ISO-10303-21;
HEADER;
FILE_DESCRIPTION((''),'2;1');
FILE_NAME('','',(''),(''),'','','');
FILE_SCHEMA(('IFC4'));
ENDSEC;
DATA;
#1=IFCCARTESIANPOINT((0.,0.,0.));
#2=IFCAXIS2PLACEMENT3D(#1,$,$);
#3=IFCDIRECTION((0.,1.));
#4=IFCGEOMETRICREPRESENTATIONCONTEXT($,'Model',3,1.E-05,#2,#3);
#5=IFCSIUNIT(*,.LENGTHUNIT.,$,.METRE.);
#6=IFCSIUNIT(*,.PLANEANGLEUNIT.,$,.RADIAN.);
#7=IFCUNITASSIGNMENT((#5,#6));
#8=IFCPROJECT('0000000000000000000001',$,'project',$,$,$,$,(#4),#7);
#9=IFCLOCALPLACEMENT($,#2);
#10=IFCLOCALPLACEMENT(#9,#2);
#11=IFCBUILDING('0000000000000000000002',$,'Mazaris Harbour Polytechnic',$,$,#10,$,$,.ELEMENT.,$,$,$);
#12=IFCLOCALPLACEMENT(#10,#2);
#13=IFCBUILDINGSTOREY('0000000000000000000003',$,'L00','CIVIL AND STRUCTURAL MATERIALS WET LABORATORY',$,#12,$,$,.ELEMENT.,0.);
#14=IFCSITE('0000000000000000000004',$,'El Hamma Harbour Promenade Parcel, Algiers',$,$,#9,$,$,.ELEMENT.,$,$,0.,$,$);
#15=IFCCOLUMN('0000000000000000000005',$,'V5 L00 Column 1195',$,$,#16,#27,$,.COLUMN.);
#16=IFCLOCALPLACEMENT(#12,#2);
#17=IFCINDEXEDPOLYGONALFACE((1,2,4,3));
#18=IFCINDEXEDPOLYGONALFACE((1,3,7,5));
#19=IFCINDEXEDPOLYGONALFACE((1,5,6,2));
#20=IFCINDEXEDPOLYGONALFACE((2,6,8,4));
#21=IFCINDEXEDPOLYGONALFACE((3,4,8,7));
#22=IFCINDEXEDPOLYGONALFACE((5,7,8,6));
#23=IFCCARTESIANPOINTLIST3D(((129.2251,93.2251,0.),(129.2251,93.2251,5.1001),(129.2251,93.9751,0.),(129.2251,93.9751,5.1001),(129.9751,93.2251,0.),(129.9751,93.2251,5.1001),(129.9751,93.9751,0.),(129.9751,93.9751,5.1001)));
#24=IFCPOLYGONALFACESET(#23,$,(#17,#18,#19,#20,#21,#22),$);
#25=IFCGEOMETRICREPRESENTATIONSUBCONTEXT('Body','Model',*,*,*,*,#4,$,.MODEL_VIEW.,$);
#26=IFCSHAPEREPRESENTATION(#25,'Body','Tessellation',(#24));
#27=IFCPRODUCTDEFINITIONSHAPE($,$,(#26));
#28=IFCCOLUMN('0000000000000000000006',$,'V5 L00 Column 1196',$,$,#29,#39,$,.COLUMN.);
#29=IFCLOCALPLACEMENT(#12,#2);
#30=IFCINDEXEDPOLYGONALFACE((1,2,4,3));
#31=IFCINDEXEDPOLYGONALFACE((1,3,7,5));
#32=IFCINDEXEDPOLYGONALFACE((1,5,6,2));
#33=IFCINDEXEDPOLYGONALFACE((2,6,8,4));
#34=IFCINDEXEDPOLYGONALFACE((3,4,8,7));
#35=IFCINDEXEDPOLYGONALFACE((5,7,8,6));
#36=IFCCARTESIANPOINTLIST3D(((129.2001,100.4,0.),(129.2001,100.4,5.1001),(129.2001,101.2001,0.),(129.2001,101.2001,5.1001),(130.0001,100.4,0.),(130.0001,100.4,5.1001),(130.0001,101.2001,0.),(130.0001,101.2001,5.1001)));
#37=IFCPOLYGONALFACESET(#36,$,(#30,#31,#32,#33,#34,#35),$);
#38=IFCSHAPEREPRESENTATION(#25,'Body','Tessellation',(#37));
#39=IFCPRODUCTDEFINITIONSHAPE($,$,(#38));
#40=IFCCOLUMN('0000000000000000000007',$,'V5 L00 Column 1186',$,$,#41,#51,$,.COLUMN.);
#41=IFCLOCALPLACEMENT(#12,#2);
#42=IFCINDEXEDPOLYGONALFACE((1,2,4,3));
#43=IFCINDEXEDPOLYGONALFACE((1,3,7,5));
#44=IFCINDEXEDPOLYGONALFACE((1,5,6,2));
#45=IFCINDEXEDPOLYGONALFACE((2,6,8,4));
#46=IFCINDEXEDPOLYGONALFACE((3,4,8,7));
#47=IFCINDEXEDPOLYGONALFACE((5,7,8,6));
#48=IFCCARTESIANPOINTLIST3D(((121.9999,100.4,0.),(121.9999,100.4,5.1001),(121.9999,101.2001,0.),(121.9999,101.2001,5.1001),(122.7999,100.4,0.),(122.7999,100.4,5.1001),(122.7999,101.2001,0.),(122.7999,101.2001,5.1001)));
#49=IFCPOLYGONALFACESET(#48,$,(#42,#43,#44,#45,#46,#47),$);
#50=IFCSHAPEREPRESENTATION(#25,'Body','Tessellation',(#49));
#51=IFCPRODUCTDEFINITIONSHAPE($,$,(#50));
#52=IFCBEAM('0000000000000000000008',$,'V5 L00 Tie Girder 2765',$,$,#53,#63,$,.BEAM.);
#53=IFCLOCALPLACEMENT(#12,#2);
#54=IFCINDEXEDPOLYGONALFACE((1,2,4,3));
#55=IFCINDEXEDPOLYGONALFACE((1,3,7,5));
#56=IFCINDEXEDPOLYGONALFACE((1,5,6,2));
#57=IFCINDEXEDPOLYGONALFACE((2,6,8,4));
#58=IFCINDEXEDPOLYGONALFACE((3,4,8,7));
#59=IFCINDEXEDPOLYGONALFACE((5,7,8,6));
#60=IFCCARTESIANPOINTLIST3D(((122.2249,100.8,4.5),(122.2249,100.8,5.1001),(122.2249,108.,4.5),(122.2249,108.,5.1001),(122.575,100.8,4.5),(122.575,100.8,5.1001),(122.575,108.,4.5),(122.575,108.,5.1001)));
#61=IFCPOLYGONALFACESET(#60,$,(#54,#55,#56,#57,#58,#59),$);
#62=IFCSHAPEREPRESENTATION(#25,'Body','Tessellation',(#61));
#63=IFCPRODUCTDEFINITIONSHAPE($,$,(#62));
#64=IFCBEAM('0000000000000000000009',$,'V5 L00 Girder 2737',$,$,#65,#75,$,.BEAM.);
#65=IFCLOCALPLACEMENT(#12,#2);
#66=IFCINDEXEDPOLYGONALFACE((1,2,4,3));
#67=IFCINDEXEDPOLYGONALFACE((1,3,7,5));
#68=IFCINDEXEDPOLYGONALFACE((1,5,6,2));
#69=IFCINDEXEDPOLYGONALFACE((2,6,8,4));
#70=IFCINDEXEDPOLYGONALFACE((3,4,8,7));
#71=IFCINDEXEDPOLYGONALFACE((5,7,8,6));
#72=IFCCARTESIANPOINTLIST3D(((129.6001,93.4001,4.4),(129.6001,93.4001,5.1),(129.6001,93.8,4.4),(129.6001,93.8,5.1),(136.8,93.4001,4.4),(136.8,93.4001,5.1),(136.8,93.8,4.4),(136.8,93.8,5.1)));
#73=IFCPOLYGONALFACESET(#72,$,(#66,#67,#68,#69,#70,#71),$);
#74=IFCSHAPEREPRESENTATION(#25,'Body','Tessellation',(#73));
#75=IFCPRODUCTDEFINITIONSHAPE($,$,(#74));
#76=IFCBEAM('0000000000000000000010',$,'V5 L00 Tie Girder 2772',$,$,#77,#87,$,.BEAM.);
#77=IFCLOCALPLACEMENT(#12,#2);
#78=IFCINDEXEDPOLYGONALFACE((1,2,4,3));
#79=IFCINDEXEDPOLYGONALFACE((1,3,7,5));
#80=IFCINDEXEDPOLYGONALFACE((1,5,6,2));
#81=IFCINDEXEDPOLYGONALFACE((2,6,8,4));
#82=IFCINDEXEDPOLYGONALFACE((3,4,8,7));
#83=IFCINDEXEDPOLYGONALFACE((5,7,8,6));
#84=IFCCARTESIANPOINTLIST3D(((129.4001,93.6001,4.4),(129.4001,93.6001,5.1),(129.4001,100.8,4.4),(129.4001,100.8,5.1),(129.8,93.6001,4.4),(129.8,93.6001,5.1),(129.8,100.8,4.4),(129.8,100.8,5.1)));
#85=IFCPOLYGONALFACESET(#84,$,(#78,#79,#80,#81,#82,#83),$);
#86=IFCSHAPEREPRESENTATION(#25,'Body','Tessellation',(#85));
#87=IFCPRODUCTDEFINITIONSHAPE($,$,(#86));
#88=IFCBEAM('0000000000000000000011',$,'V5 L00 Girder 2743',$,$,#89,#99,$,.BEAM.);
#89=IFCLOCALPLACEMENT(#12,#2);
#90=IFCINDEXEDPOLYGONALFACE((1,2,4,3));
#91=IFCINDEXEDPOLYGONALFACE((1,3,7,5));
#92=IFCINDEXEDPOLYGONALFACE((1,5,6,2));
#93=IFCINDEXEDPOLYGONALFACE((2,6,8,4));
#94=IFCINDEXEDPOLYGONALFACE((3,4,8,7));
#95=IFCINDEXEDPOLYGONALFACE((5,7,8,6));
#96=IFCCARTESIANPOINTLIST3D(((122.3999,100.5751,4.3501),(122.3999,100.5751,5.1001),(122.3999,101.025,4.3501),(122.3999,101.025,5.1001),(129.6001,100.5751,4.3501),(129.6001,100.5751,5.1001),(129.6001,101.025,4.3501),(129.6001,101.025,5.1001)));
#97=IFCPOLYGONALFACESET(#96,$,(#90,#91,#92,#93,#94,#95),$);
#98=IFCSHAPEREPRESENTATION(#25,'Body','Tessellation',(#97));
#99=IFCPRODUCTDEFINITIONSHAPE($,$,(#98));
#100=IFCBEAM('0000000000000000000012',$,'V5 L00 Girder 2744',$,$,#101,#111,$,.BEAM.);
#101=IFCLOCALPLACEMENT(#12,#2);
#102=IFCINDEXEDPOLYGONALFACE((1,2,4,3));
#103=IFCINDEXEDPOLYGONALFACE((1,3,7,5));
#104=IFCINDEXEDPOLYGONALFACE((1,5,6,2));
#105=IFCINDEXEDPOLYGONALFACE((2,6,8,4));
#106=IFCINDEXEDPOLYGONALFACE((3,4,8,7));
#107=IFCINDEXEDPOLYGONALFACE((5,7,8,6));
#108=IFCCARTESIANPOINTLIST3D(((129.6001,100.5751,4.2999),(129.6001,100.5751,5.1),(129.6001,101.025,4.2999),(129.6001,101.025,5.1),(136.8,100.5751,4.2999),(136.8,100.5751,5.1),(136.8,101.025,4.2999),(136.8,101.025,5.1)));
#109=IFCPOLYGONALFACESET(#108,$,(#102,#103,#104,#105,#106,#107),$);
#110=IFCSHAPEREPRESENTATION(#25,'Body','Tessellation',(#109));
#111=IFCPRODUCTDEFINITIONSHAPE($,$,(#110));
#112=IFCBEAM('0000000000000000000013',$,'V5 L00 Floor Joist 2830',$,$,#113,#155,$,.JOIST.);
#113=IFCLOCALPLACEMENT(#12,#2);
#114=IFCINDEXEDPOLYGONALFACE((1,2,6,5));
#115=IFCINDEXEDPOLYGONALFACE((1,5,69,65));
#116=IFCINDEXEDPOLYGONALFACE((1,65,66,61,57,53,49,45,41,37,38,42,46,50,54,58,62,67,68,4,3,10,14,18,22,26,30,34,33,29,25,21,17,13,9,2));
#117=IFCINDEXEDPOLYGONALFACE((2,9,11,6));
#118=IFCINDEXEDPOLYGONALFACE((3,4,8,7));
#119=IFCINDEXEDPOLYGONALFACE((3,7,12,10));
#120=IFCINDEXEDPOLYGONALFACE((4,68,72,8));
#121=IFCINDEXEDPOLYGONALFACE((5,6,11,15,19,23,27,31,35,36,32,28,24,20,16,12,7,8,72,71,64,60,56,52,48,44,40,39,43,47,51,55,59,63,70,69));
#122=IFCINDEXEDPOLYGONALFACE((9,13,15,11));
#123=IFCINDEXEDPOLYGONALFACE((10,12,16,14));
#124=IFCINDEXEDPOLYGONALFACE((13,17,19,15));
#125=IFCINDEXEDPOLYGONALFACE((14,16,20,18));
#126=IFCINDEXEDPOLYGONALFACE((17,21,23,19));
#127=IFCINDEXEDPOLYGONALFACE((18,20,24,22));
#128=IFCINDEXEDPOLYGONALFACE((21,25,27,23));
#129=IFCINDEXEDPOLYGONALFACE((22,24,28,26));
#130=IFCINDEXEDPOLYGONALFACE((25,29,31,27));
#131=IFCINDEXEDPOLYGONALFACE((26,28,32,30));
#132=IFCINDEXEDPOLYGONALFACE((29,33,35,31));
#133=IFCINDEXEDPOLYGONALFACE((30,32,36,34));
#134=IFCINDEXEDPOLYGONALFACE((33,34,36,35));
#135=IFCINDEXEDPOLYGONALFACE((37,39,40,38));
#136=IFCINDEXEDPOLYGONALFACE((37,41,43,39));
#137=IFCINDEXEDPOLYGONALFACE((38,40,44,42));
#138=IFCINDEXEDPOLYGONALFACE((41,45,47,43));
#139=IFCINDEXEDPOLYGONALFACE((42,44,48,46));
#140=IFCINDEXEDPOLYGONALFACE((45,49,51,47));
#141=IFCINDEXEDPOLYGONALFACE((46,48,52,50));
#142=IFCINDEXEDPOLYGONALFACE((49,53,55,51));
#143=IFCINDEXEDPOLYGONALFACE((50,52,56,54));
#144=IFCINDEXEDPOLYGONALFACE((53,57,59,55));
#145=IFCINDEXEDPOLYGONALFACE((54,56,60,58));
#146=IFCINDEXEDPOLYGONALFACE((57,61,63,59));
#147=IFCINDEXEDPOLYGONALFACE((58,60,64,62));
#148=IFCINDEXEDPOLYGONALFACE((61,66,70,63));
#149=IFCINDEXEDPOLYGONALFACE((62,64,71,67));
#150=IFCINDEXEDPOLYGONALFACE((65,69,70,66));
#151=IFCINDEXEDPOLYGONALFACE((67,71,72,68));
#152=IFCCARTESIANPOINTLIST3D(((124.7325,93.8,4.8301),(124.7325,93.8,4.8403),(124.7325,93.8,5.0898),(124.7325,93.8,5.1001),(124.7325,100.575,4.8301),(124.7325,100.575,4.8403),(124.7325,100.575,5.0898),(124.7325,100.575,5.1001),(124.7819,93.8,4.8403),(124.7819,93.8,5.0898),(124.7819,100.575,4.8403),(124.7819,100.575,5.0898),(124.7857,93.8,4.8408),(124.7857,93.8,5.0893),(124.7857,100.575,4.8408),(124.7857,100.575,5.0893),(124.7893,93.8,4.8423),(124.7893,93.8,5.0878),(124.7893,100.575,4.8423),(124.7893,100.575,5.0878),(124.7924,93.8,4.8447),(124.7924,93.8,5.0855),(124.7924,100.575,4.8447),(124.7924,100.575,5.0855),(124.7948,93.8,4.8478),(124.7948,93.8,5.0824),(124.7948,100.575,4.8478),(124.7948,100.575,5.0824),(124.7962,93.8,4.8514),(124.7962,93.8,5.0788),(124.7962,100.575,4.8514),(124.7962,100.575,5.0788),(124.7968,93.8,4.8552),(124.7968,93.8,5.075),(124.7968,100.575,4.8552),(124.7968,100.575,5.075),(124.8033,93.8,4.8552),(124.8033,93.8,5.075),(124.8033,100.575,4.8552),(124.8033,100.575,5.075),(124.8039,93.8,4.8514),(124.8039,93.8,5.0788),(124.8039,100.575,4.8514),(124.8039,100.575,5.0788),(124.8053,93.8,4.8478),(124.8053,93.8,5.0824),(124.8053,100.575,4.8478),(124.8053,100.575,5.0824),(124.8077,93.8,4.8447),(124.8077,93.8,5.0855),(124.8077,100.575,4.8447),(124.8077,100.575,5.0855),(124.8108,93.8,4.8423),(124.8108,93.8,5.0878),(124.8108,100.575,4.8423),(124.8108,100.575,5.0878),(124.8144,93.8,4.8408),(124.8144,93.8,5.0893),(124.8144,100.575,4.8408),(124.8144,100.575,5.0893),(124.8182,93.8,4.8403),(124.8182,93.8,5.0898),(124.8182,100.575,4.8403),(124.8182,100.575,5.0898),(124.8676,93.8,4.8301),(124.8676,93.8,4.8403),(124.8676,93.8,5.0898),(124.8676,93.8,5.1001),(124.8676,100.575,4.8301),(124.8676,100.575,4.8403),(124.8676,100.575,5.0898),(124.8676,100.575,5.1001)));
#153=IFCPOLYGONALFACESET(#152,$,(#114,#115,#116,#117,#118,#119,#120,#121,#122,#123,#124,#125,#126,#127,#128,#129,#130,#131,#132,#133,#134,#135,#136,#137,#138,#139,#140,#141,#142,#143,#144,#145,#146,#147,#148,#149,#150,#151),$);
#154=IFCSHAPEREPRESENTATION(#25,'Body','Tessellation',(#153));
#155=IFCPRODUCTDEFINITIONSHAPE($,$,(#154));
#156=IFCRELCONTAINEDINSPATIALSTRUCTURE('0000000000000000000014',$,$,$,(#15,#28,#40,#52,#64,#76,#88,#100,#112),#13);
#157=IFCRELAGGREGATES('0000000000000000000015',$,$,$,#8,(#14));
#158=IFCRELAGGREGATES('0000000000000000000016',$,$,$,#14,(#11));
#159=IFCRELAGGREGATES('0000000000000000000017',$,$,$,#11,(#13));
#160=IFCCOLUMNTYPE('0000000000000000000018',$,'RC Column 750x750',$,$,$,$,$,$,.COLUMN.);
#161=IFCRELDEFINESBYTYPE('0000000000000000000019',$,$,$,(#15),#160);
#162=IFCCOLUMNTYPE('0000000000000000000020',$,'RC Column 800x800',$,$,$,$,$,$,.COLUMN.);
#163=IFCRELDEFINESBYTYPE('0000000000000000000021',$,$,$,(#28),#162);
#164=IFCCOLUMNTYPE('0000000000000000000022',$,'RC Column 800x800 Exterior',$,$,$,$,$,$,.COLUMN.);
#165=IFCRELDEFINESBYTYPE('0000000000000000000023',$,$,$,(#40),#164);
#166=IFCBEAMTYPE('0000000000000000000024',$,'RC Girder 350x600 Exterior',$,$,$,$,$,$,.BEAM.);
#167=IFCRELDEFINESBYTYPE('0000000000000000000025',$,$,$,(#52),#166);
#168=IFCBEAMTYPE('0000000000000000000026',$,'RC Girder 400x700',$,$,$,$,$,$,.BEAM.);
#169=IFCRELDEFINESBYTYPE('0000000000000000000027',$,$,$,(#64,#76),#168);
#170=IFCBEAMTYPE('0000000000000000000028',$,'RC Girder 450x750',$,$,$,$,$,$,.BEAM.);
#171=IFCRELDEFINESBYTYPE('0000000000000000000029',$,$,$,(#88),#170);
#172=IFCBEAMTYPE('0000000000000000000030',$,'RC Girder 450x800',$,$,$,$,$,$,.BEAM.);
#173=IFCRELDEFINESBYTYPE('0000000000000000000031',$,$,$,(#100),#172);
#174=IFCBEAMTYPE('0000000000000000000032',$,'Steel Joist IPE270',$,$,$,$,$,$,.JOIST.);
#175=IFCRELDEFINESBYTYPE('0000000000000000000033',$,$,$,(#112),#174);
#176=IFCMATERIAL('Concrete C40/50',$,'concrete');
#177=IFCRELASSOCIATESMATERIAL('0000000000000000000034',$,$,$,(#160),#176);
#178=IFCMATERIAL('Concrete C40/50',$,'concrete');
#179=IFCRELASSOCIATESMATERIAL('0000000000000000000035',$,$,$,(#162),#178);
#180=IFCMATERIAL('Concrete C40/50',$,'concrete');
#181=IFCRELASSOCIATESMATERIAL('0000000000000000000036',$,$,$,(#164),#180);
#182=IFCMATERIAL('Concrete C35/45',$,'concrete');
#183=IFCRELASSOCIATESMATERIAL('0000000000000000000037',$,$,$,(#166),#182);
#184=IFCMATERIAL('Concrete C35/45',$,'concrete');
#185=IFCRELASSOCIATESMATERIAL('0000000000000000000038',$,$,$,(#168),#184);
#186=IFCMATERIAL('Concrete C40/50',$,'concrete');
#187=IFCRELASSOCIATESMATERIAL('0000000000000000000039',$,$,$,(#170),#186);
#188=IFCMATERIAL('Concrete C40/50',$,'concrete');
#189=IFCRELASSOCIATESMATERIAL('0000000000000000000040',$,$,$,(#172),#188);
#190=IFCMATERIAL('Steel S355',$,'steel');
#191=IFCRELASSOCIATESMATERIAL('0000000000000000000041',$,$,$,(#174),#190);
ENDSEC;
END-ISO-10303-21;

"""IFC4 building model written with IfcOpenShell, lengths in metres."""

from ifc_helpers import new_model, si_unit, direction, frame, origin, origin_2d, place, context, subcontext, project, spatial, rectangle, i_section, extrude, material, material_profile, profile_set, type_object, element, save


model = new_model("IFC4")

# Units and contexts
model_context = context("Model", 3, precision=1e-05, world=origin(), true_north=direction((0.0, 1.0)))
body_context = subcontext(model_context, "Body", "Model", "MODEL_VIEW")
ifc_project = project(units=[si_unit("LENGTHUNIT", "METRE"), si_unit("PLANEANGLEUNIT", "RADIAN")], contexts=[model_context])

# Site, building, storey
site_placement = place(None, origin())
site = spatial("IfcSite", under=ifc_project, at=site_placement, Name="El Hamma Harbour Promenade Parcel, Algiers", CompositionType="ELEMENT", RefElevation=0.0)
building_placement = place(site_placement, origin())
building = spatial("IfcBuilding", under=site, at=building_placement, Name="Mazaris Harbour Polytechnic", CompositionType="ELEMENT")
storey_placement = place(building_placement, origin())
storey = spatial("IfcBuildingStorey", under=building, at=storey_placement, Name="L00", Description="CIVIL AND STRUCTURAL MATERIALS WET LABORATORY", CompositionType="ELEMENT", Elevation=0.0)

# Columns
ifc_material_1 = material(Name="Concrete C40/50", Category="concrete")
ifc_material_profile_1 = material_profile(ifc_material_1, rectangle(XDim=0.75, YDim=0.75, at=origin_2d()), Name="RECT750x750")
ifc_profile_set_1 = profile_set([ifc_material_profile_1], Name="Concrete C40/50")
column_type_1 = type_object("IfcColumnType", Name="RC Column 750x750", PredefinedType="COLUMN", material=ifc_profile_set_1)
column_1_placement = place(storey_placement, frame((129.6001, 93.6001, 0.0), z_axis=(0.0, 0.0, 1.0), x_axis=(1.0, 0.0, 0.0)))
element("IfcColumn", 1, at=column_1_placement, inside=storey, type_object=column_type_1, Name="V5 L00 Column 1195", PredefinedType="COLUMN", context=body_context, shape_type="SweptSolid", body=[
    extrude(rectangle(XDim=0.75, YDim=0.75, at=origin_2d()), origin(), (0.0, 0.0, 1.0), 5.1001),
])
ifc_material_2 = material(Name="Concrete C40/50", Category="concrete")
ifc_material_profile_2 = material_profile(ifc_material_2, rectangle(XDim=0.8, YDim=0.8, at=origin_2d()), Name="RECT800x800")
ifc_profile_set_2 = profile_set([ifc_material_profile_2], Name="Concrete C40/50")
column_type_2 = type_object("IfcColumnType", Name="RC Column 800x800", PredefinedType="COLUMN", material=ifc_profile_set_2)
column_2_placement = place(storey_placement, frame((129.6001, 100.8, 0.0), z_axis=(0.0, 0.0, 1.0), x_axis=(1.0, 0.0, 0.0)))
element("IfcColumn", 2, at=column_2_placement, inside=storey, type_object=column_type_2, Name="V5 L00 Column 1196", PredefinedType="COLUMN", context=body_context, shape_type="SweptSolid", body=[
    extrude(rectangle(XDim=0.8, YDim=0.8, at=origin_2d()), origin(), (0.0, 0.0, 1.0), 5.1001),
])
ifc_material_3 = material(Name="Concrete C40/50", Category="concrete")
ifc_material_profile_3 = material_profile(ifc_material_3, rectangle(XDim=0.8, YDim=0.8, at=origin_2d()), Name="RECT800x800")
ifc_profile_set_3 = profile_set([ifc_material_profile_3], Name="Concrete C40/50")
column_type_3 = type_object("IfcColumnType", Name="RC Column 800x800 Exterior", PredefinedType="COLUMN", material=ifc_profile_set_3)
column_3_placement = place(storey_placement, frame((122.3999, 100.8, 0.0), z_axis=(0.0, 0.0, 1.0), x_axis=(1.0, 0.0, 0.0)))
element("IfcColumn", 3, at=column_3_placement, inside=storey, type_object=column_type_3, Name="V5 L00 Column 1186", PredefinedType="COLUMN", context=body_context, shape_type="SweptSolid", body=[
    extrude(rectangle(XDim=0.8, YDim=0.8, at=origin_2d()), origin(), (0.0, 0.0, 1.0), 5.1001),
])

# Beams
ifc_material_4 = material(Name="Concrete C35/45", Category="concrete")
ifc_material_profile_4 = material_profile(ifc_material_4, rectangle(XDim=0.3501, YDim=0.6001, at=origin_2d()), Name="RECT350x600")
ifc_profile_set_4 = profile_set([ifc_material_profile_4], Name="Concrete C35/45")
beam_type_1 = type_object("IfcBeamType", Name="RC Girder 350x600 Exterior", PredefinedType="BEAM", material=ifc_profile_set_4)
beam_1_placement = place(storey_placement, frame((122.3999, 100.8, 4.8), z_axis=(0.0, 1.0, 0.0), x_axis=(-1.0, 0.0, 0.0)))
element("IfcBeam", 4, at=beam_1_placement, inside=storey, type_object=beam_type_1, Name="V5 L00 Tie Girder 2765", PredefinedType="BEAM", context=body_context, shape_type="SweptSolid", body=[
    extrude(rectangle(XDim=0.3501, YDim=0.6001, at=origin_2d()), origin(), (0.0, 0.0, 1.0), 7.2),
])
ifc_material_5 = material(Name="Concrete C35/45", Category="concrete")
ifc_material_profile_5 = material_profile(ifc_material_5, rectangle(XDim=0.3999, YDim=0.7, at=origin_2d()), Name="RECT400x700")
ifc_profile_set_5 = profile_set([ifc_material_profile_5], Name="Concrete C35/45")
beam_type_2 = type_object("IfcBeamType", Name="RC Girder 400x700", PredefinedType="BEAM", material=ifc_profile_set_5)
for number, where, z_axis, x_axis, name in (
    (5, (129.6001, 93.6001, 4.75), (1.0, 0.0, 0.0), (0.0, 1.0, 0.0), "V5 L00 Girder 2737"),
    (6, (129.6001, 93.6001, 4.75), (0.0, 1.0, 0.0), (-1.0, 0.0, 0.0), "V5 L00 Tie Girder 2772"),
):
    element("IfcBeam", number, at=place(storey_placement, frame(where, z_axis=z_axis, x_axis=x_axis)), inside=storey, type_object=beam_type_2, Name=name, PredefinedType="BEAM", context=body_context, shape_type="SweptSolid", body=[
        extrude(rectangle(XDim=0.3999, YDim=0.7, at=origin_2d()), origin(), (0.0, 0.0, 1.0), 7.2),
    ])
ifc_material_6 = material(Name="Concrete C40/50", Category="concrete")
ifc_material_profile_6 = material_profile(ifc_material_6, rectangle(XDim=0.45, YDim=0.75, at=origin_2d()), Name="RECT450x750")
ifc_profile_set_6 = profile_set([ifc_material_profile_6], Name="Concrete C40/50")
beam_type_3 = type_object("IfcBeamType", Name="RC Girder 450x750", PredefinedType="BEAM", material=ifc_profile_set_6)
beam_2_placement = place(storey_placement, frame((122.3999, 100.8, 4.7251), z_axis=(1.0, 0.0, 0.0), x_axis=(0.0, 1.0, 0.0)))
element("IfcBeam", 7, at=beam_2_placement, inside=storey, type_object=beam_type_3, Name="V5 L00 Girder 2743", PredefinedType="BEAM", context=body_context, shape_type="SweptSolid", body=[
    extrude(rectangle(XDim=0.45, YDim=0.75, at=origin_2d()), origin(), (0.0, 0.0, 1.0), 7.2002),
])
ifc_material_7 = material(Name="Concrete C40/50", Category="concrete")
ifc_material_profile_7 = material_profile(ifc_material_7, rectangle(XDim=0.45, YDim=0.8, at=origin_2d()), Name="RECT450x800")
ifc_profile_set_7 = profile_set([ifc_material_profile_7], Name="Concrete C40/50")
beam_type_4 = type_object("IfcBeamType", Name="RC Girder 450x800", PredefinedType="BEAM", material=ifc_profile_set_7)
beam_3_placement = place(storey_placement, frame((129.6001, 100.8, 4.7), z_axis=(1.0, 0.0, 0.0), x_axis=(0.0, 1.0, 0.0)))
element("IfcBeam", 8, at=beam_3_placement, inside=storey, type_object=beam_type_4, Name="V5 L00 Girder 2744", PredefinedType="BEAM", context=body_context, shape_type="SweptSolid", body=[
    extrude(rectangle(XDim=0.45, YDim=0.8, at=origin_2d()), origin(), (0.0, 0.0, 1.0), 7.2),
])
ifc_material_8 = material(Name="Steel S355", Category="steel")
ifc_material_profile_8 = material_profile(ifc_material_8, i_section(OverallWidth=0.135, OverallDepth=0.27, WebThickness=0.0066, FlangeThickness=0.0103, FilletRadius=0.0149, at=origin_2d()), Name="IPE 270")
ifc_profile_set_8 = profile_set([ifc_material_profile_8], Name="Steel S355")
beam_type_5 = type_object("IfcBeamType", Name="Steel Joist IPE270", PredefinedType="JOIST", material=ifc_profile_set_8)
beam_4_placement = place(storey_placement, frame((124.8, 93.8, 4.9651), z_axis=(0.0, 1.0, 0.0), x_axis=(-1.0, 0.0, 0.0)))
element("IfcBeam", 9, at=beam_4_placement, inside=storey, type_object=beam_type_5, Name="V5 L00 Floor Joist 2830", PredefinedType="JOIST", context=body_context, shape_type="SweptSolid", body=[
    extrude(i_section(OverallWidth=0.135, OverallDepth=0.27, WebThickness=0.0066, FlangeThickness=0.0103, FilletRadius=0.0149, at=origin_2d()), origin(), (0.0, 0.0, 1.0), 6.7749),
])

save(model, "model.ifc")
